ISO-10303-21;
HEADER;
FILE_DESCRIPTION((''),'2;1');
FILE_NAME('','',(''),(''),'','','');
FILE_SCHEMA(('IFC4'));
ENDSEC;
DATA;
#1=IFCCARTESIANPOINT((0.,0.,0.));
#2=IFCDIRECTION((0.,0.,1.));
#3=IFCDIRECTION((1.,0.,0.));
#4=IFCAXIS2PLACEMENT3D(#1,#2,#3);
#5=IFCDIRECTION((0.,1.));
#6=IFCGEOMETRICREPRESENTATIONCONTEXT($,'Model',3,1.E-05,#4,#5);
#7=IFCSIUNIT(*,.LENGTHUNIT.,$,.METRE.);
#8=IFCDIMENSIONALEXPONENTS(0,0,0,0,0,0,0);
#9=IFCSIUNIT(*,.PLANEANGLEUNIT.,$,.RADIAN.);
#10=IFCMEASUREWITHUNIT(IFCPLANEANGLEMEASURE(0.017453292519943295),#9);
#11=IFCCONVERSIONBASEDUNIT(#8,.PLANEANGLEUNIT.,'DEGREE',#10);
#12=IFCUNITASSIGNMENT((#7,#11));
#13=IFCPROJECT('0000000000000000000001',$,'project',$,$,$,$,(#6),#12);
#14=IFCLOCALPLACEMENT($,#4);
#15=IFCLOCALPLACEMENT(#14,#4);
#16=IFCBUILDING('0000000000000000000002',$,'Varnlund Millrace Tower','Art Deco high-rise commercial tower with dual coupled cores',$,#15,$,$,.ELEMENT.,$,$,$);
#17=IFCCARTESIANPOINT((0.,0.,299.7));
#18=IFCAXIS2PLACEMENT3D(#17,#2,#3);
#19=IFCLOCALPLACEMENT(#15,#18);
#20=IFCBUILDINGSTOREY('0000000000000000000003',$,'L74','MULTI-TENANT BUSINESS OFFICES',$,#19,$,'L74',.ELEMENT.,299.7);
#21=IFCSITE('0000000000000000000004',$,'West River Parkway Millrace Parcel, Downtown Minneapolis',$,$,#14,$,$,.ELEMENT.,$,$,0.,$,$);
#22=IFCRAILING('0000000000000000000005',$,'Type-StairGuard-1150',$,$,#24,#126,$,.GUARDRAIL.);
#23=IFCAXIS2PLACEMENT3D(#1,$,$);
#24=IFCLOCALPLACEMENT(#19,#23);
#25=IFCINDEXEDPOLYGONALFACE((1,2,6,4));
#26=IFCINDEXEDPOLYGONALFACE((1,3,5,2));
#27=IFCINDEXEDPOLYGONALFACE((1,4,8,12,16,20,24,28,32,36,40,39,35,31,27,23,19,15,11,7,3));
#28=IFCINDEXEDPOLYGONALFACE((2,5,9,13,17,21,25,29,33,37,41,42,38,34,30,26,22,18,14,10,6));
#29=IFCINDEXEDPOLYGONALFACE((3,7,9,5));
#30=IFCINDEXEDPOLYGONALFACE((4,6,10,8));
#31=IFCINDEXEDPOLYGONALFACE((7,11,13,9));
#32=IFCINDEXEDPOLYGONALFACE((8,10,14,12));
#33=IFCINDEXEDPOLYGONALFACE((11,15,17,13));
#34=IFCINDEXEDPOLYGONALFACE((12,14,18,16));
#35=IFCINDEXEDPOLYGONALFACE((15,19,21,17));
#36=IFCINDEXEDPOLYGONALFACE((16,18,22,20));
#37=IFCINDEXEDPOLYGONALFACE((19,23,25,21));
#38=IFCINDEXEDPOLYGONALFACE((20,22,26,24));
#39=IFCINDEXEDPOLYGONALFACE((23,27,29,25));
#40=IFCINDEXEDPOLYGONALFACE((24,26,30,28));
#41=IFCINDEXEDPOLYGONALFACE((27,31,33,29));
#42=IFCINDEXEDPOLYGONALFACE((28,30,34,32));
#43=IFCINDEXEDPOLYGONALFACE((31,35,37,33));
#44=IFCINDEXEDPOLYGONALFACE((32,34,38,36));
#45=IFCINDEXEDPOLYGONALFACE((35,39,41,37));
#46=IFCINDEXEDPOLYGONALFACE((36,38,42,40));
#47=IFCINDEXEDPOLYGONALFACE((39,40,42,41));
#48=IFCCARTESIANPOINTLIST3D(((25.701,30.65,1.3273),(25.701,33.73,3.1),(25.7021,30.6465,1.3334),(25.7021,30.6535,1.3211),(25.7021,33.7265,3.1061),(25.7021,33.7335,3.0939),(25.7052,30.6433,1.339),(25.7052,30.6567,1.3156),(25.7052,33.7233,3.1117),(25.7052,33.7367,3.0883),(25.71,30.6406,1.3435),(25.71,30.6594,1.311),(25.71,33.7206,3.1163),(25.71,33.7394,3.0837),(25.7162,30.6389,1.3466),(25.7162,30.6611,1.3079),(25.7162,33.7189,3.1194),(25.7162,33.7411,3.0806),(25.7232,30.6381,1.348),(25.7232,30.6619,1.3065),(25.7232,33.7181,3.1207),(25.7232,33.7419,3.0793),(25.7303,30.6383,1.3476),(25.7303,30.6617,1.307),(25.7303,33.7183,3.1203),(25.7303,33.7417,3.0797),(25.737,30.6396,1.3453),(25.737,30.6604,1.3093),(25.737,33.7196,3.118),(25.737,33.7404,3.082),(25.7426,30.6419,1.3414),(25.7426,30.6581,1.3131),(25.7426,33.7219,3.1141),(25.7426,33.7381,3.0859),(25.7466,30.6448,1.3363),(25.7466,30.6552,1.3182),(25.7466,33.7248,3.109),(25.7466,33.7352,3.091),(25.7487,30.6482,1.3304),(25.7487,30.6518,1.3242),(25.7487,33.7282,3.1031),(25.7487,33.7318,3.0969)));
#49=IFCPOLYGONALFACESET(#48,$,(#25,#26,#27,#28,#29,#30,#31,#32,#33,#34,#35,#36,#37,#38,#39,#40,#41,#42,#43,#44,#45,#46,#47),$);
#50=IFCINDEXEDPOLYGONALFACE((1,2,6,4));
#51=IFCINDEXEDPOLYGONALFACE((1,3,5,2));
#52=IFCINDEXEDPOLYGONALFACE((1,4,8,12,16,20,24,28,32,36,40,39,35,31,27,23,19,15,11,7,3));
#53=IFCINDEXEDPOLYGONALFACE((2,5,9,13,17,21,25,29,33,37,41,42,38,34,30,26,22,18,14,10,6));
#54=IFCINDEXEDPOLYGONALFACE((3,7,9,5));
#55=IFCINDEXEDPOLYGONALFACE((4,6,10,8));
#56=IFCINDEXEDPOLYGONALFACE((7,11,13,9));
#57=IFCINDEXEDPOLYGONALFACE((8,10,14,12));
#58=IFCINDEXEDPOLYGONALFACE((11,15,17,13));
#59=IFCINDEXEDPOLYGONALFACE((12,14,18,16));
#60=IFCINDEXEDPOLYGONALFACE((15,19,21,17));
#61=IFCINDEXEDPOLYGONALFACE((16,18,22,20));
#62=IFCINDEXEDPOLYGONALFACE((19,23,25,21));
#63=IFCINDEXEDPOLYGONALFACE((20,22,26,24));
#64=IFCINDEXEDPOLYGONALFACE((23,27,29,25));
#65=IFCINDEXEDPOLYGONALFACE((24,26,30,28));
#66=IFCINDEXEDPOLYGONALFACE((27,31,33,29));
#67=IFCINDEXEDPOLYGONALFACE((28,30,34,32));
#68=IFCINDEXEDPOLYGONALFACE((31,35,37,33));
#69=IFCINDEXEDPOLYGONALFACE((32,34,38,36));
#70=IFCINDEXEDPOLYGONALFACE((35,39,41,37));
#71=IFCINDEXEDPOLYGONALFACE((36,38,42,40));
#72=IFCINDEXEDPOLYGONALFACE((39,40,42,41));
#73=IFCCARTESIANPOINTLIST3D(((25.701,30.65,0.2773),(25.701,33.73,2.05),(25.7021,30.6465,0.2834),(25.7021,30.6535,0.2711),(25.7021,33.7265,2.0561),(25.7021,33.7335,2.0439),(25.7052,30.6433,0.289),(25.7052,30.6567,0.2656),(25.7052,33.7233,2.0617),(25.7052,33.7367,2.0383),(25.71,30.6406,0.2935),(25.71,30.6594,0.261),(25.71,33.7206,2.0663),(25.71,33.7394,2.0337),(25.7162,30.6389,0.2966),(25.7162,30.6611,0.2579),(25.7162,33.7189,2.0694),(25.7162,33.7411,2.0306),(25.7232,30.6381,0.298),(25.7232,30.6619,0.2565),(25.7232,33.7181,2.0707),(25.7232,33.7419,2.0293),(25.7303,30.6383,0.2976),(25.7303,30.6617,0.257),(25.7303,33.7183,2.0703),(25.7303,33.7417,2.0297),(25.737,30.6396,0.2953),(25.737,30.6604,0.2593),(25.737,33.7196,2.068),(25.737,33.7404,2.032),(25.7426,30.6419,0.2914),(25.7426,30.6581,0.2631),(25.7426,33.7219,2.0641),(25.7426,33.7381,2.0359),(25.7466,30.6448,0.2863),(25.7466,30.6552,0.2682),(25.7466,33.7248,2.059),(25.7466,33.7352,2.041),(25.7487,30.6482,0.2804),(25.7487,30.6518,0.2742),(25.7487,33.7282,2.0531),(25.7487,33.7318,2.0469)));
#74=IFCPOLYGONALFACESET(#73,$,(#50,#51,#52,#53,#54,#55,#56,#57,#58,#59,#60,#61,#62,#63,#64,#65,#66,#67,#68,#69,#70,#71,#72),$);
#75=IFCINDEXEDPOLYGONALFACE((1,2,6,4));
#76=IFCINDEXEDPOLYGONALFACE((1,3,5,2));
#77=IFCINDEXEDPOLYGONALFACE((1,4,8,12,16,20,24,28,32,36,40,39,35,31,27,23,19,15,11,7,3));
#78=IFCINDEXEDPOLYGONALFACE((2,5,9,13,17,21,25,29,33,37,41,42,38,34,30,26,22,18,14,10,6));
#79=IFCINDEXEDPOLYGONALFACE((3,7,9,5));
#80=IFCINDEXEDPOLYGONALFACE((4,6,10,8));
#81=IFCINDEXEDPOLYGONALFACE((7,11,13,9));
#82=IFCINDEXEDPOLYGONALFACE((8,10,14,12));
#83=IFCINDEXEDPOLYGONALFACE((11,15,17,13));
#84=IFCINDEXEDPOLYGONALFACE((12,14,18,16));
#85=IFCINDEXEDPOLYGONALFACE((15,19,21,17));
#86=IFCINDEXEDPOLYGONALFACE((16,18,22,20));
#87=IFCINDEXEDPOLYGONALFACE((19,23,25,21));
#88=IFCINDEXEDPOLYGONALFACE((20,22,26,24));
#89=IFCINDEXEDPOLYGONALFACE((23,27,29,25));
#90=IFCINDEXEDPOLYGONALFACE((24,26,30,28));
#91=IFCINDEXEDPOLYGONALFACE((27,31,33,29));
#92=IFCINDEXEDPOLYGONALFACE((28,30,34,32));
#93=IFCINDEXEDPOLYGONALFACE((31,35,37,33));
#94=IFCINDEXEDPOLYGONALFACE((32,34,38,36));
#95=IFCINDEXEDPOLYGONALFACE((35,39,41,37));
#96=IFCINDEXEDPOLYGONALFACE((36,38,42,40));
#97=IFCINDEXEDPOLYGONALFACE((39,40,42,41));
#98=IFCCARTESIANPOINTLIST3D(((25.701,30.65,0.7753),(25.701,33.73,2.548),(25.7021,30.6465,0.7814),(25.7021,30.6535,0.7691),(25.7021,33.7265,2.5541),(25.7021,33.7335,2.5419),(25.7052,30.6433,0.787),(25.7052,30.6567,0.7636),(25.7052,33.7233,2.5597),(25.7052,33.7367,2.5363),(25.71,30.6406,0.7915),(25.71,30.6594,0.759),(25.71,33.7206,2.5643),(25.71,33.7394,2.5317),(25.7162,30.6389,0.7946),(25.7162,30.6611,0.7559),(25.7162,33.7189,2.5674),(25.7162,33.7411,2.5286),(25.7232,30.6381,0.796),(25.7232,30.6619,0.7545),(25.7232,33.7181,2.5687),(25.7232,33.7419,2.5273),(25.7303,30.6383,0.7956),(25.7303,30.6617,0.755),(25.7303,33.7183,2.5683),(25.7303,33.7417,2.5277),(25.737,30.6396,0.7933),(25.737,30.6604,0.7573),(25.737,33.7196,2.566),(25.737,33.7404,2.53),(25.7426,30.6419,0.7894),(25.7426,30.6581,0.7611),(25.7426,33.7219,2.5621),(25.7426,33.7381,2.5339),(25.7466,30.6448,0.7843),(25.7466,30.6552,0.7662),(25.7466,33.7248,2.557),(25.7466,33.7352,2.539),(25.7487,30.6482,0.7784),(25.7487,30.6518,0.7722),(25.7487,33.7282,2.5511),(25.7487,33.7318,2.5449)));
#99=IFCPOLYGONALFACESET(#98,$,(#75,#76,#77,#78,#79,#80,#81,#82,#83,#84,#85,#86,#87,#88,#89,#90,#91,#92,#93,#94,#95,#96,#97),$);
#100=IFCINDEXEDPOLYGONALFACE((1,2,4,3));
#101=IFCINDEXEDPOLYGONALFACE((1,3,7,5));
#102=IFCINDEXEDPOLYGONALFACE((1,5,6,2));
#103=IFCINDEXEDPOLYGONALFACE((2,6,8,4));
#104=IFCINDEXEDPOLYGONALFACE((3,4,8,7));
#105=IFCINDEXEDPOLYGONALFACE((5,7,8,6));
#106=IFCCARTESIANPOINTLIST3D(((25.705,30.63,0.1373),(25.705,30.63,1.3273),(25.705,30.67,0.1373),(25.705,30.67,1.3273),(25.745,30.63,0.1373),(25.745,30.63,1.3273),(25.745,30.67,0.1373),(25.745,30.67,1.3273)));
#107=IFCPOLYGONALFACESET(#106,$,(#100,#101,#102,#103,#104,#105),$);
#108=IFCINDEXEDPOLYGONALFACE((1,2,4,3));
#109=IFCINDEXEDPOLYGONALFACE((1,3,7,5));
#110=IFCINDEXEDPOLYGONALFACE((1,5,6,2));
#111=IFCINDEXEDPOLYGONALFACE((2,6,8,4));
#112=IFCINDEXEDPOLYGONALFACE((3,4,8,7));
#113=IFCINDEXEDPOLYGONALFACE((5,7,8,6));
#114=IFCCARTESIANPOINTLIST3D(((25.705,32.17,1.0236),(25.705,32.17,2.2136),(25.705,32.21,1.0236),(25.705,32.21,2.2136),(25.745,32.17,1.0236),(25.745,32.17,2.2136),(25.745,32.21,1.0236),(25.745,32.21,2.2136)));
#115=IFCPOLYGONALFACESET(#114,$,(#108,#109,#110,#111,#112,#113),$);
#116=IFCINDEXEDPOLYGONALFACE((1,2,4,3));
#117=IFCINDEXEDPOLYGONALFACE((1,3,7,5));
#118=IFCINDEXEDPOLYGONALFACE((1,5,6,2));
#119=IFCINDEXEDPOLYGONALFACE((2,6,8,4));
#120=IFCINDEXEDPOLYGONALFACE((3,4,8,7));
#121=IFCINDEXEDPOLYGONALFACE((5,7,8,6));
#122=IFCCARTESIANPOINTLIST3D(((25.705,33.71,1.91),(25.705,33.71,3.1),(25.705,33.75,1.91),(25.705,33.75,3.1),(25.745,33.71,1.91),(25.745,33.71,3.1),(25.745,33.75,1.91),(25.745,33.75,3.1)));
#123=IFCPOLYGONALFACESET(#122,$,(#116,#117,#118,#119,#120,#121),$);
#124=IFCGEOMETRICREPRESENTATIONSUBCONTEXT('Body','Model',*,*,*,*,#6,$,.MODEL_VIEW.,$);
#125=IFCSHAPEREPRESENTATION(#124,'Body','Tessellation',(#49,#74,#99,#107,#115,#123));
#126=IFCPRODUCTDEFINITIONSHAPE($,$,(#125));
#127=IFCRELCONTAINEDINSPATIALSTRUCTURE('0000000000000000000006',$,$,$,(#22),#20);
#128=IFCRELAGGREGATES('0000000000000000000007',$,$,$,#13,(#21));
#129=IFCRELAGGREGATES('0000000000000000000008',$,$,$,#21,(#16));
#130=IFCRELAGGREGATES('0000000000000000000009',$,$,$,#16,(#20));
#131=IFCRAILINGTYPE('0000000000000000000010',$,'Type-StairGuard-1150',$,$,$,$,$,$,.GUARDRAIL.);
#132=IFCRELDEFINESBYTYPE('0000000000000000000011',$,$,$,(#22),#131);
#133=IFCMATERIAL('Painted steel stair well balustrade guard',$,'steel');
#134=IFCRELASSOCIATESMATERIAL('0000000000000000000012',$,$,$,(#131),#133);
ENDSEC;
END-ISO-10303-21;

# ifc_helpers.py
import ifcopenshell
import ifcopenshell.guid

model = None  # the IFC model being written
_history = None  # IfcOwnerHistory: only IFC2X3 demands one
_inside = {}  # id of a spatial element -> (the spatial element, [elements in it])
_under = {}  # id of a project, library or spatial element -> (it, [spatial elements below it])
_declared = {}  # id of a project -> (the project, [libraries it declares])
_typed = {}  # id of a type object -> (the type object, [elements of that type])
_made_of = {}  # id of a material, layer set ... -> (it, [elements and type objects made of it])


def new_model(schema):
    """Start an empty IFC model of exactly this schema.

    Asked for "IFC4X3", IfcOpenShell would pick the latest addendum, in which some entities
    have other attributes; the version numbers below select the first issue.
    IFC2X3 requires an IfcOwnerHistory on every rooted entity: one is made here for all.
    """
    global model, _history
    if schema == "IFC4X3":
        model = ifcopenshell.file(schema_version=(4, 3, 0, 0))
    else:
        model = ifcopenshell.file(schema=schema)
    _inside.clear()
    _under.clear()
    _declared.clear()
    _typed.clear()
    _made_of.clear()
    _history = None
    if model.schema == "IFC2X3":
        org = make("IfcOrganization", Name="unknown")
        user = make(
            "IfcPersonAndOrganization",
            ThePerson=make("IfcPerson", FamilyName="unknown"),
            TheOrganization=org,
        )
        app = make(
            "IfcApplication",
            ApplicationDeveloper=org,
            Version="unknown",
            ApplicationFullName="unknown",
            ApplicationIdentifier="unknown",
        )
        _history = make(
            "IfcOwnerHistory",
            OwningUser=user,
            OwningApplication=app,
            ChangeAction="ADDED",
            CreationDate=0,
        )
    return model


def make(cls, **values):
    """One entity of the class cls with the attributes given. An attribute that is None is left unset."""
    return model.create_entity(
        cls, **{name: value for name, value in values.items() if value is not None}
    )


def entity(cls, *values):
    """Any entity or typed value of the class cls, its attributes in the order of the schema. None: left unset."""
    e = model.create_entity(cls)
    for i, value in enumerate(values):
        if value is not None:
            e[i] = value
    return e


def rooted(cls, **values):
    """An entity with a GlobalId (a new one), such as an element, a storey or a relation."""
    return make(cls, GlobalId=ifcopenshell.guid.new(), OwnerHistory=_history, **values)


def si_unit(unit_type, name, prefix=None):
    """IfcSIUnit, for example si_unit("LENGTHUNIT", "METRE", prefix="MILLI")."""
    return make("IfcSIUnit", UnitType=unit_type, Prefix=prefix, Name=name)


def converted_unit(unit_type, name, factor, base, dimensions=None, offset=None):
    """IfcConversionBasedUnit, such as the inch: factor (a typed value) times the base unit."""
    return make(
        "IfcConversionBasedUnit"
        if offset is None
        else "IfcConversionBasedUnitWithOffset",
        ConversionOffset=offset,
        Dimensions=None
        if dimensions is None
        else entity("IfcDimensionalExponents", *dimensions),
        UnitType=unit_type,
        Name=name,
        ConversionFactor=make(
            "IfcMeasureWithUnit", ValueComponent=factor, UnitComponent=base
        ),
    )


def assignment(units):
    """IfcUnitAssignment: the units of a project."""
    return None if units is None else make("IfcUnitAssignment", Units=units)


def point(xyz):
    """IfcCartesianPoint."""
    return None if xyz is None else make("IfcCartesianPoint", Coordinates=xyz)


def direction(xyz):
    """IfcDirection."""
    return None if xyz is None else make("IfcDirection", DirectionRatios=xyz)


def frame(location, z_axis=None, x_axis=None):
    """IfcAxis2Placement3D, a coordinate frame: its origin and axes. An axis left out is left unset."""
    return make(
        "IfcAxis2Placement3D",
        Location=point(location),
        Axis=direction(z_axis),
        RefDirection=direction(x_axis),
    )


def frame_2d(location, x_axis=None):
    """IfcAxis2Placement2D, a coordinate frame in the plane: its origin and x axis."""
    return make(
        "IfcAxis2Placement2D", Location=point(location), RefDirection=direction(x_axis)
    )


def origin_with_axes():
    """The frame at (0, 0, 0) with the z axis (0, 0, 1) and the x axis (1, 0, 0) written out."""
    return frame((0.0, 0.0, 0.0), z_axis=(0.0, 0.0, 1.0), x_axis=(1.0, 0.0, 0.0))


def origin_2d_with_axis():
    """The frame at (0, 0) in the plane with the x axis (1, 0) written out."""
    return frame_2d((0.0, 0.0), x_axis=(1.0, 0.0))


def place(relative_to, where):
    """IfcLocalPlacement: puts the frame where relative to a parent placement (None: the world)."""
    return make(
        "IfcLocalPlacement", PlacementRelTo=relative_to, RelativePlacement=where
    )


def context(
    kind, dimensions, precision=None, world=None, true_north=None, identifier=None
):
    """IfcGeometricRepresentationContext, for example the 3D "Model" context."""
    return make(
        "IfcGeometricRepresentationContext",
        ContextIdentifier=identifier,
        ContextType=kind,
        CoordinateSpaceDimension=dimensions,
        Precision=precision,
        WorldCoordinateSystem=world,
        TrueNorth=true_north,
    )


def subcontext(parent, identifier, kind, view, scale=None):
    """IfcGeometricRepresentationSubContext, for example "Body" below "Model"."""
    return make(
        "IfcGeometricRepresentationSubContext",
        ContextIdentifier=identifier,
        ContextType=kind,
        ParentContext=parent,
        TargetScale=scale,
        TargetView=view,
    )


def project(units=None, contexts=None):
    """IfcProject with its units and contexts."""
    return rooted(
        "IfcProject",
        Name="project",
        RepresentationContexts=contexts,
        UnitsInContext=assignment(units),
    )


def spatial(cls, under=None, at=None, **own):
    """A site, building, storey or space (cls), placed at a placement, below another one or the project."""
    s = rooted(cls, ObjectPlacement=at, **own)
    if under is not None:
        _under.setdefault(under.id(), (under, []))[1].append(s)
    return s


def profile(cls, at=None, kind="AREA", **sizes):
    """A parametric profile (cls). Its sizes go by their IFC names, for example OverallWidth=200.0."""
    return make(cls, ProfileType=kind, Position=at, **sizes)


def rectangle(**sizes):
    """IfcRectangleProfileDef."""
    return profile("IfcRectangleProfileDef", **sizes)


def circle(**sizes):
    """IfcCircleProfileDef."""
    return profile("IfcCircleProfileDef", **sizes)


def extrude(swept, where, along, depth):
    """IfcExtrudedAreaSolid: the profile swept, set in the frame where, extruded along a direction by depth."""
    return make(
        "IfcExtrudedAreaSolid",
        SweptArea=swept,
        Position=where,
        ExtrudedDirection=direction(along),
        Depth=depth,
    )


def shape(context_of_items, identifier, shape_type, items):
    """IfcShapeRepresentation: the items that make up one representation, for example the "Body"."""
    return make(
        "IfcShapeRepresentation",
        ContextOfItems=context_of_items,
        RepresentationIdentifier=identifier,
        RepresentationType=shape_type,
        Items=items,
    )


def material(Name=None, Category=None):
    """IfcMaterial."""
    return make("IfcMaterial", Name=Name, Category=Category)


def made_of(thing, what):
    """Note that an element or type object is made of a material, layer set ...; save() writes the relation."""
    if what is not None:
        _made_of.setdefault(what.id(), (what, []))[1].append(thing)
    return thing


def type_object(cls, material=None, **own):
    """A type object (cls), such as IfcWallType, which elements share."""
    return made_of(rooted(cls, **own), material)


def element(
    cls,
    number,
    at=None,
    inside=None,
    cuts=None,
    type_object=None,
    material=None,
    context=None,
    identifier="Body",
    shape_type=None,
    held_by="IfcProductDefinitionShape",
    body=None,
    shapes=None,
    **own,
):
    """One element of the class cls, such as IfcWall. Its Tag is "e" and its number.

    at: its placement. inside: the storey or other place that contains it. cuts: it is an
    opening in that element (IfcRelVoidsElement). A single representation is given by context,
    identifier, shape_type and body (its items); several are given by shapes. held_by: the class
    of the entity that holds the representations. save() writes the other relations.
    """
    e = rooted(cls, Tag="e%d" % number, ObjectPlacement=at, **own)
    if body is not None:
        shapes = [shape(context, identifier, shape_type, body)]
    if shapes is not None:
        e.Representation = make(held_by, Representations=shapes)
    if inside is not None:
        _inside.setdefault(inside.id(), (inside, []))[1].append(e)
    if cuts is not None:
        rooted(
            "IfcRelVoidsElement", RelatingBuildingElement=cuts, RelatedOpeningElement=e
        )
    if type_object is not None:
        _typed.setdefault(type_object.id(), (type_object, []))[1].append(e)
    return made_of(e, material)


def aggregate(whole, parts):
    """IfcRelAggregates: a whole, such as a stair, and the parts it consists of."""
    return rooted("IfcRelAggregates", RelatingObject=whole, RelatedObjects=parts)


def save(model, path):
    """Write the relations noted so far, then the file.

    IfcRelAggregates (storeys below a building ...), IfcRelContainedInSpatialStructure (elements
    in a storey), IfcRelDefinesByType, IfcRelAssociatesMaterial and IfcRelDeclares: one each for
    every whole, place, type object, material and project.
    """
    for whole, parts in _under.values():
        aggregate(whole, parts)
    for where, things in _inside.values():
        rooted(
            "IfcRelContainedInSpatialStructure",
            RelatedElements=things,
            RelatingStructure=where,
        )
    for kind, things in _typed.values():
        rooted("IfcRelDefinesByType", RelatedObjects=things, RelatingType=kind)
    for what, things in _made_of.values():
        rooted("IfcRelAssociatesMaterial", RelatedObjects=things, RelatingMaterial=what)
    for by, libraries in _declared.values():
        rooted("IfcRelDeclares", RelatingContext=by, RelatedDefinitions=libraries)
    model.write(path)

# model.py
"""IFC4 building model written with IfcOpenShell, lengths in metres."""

from ifc_helpers import new_model, entity, si_unit, converted_unit, direction, frame, origin_with_axes, origin_2d_with_axis, place, context, subcontext, project, spatial, rectangle, circle, extrude, material, type_object, element, save


model = new_model("IFC4")

# Units and contexts
model_context = context("Model", 3, precision=1e-05, world=origin_with_axes(), true_north=direction((0.0, 1.0)))
body_context = subcontext(model_context, "Body", "Model", "MODEL_VIEW")
ifc_project = project(units=[si_unit("LENGTHUNIT", "METRE"), converted_unit("PLANEANGLEUNIT", "DEGREE", entity("IfcPlaneAngleMeasure", 0.017453292519943295), si_unit("PLANEANGLEUNIT", "RADIAN"), dimensions=[0, 0, 0, 0, 0, 0, 0])], contexts=[model_context])

# Site, building, storey
site_placement = place(None, origin_with_axes())
site = spatial("IfcSite", under=ifc_project, at=site_placement, Name="West River Parkway Millrace Parcel, Downtown Minneapolis", CompositionType="ELEMENT", RefElevation=0.0)
building_placement = place(site_placement, origin_with_axes())
building = spatial("IfcBuilding", under=site, at=building_placement, Name="Varnlund Millrace Tower", Description="Art Deco high-rise commercial tower with dual coupled cores", CompositionType="ELEMENT")
storey_placement = place(building_placement, frame((0.0, 0.0, 299.7), z_axis=(0.0, 0.0, 1.0), x_axis=(1.0, 0.0, 0.0)))
storey = spatial("IfcBuildingStorey", under=building, at=storey_placement, Name="L74", Description="MULTI-TENANT BUSINESS OFFICES", LongName="L74", CompositionType="ELEMENT", Elevation=299.7)

# Railing
ifc_material_1 = material(Name="Painted steel stair well balustrade guard", Category="steel")
railing_type_1 = type_object("IfcRailingType", Name="Type-StairGuard-1150", PredefinedType="GUARDRAIL", material=ifc_material_1)
railing_1_placement = place(storey_placement, frame((0.0, 0.0, -299.7), z_axis=(0.0, 0.0, 1.0), x_axis=(1.0, 0.0, 0.0)))
element("IfcRailing", 1, at=railing_1_placement, inside=storey, type_object=railing_type_1, Name="Type-StairGuard-1150", PredefinedType="GUARDRAIL", context=body_context, shape_type="SweptSolid", body=[
    extrude(circle(Radius=0.024, at=origin_2d_with_axis()), frame((25.725, 30.65, 301.0273), z_axis=(0.0, 0.866696, 0.498836), x_axis=(-1.0, 0.0, 0.0)), (0.0, 0.0, 1.0), 3.5537),
    extrude(circle(Radius=0.024, at=origin_2d_with_axis()), frame((25.725, 30.65, 299.9773), z_axis=(0.0, 0.866696, 0.498836), x_axis=(-1.0, 0.0, 0.0)), (0.0, 0.0, 1.0), 3.5537),
    extrude(circle(Radius=0.024, at=origin_2d_with_axis()), frame((25.725, 30.65, 300.4753), z_axis=(0.0, 0.866696, 0.498836), x_axis=(-1.0, 0.0, 0.0)), (0.0, 0.0, 1.0), 3.5537),
    extrude(rectangle(XDim=0.04, YDim=0.04, at=origin_2d_with_axis()), frame((25.725, 30.65, 299.8373), z_axis=(0.0, 0.0, 1.0), x_axis=(1.0, 0.0, 0.0)), (0.0, 0.0, 1.0), 1.19),
    extrude(rectangle(XDim=0.04, YDim=0.04, at=origin_2d_with_axis()), frame((25.725, 32.19, 300.7236), z_axis=(0.0, 0.0, 1.0), x_axis=(1.0, 0.0, 0.0)), (0.0, 0.0, 1.0), 1.19),
    extrude(rectangle(XDim=0.04, YDim=0.04, at=origin_2d_with_axis()), frame((25.725, 33.73, 301.61), z_axis=(0.0, 0.0, 1.0), x_axis=(1.0, 0.0, 0.0)), (0.0, 0.0, 1.0), 1.19),
])

save(model, "model.ifc")
